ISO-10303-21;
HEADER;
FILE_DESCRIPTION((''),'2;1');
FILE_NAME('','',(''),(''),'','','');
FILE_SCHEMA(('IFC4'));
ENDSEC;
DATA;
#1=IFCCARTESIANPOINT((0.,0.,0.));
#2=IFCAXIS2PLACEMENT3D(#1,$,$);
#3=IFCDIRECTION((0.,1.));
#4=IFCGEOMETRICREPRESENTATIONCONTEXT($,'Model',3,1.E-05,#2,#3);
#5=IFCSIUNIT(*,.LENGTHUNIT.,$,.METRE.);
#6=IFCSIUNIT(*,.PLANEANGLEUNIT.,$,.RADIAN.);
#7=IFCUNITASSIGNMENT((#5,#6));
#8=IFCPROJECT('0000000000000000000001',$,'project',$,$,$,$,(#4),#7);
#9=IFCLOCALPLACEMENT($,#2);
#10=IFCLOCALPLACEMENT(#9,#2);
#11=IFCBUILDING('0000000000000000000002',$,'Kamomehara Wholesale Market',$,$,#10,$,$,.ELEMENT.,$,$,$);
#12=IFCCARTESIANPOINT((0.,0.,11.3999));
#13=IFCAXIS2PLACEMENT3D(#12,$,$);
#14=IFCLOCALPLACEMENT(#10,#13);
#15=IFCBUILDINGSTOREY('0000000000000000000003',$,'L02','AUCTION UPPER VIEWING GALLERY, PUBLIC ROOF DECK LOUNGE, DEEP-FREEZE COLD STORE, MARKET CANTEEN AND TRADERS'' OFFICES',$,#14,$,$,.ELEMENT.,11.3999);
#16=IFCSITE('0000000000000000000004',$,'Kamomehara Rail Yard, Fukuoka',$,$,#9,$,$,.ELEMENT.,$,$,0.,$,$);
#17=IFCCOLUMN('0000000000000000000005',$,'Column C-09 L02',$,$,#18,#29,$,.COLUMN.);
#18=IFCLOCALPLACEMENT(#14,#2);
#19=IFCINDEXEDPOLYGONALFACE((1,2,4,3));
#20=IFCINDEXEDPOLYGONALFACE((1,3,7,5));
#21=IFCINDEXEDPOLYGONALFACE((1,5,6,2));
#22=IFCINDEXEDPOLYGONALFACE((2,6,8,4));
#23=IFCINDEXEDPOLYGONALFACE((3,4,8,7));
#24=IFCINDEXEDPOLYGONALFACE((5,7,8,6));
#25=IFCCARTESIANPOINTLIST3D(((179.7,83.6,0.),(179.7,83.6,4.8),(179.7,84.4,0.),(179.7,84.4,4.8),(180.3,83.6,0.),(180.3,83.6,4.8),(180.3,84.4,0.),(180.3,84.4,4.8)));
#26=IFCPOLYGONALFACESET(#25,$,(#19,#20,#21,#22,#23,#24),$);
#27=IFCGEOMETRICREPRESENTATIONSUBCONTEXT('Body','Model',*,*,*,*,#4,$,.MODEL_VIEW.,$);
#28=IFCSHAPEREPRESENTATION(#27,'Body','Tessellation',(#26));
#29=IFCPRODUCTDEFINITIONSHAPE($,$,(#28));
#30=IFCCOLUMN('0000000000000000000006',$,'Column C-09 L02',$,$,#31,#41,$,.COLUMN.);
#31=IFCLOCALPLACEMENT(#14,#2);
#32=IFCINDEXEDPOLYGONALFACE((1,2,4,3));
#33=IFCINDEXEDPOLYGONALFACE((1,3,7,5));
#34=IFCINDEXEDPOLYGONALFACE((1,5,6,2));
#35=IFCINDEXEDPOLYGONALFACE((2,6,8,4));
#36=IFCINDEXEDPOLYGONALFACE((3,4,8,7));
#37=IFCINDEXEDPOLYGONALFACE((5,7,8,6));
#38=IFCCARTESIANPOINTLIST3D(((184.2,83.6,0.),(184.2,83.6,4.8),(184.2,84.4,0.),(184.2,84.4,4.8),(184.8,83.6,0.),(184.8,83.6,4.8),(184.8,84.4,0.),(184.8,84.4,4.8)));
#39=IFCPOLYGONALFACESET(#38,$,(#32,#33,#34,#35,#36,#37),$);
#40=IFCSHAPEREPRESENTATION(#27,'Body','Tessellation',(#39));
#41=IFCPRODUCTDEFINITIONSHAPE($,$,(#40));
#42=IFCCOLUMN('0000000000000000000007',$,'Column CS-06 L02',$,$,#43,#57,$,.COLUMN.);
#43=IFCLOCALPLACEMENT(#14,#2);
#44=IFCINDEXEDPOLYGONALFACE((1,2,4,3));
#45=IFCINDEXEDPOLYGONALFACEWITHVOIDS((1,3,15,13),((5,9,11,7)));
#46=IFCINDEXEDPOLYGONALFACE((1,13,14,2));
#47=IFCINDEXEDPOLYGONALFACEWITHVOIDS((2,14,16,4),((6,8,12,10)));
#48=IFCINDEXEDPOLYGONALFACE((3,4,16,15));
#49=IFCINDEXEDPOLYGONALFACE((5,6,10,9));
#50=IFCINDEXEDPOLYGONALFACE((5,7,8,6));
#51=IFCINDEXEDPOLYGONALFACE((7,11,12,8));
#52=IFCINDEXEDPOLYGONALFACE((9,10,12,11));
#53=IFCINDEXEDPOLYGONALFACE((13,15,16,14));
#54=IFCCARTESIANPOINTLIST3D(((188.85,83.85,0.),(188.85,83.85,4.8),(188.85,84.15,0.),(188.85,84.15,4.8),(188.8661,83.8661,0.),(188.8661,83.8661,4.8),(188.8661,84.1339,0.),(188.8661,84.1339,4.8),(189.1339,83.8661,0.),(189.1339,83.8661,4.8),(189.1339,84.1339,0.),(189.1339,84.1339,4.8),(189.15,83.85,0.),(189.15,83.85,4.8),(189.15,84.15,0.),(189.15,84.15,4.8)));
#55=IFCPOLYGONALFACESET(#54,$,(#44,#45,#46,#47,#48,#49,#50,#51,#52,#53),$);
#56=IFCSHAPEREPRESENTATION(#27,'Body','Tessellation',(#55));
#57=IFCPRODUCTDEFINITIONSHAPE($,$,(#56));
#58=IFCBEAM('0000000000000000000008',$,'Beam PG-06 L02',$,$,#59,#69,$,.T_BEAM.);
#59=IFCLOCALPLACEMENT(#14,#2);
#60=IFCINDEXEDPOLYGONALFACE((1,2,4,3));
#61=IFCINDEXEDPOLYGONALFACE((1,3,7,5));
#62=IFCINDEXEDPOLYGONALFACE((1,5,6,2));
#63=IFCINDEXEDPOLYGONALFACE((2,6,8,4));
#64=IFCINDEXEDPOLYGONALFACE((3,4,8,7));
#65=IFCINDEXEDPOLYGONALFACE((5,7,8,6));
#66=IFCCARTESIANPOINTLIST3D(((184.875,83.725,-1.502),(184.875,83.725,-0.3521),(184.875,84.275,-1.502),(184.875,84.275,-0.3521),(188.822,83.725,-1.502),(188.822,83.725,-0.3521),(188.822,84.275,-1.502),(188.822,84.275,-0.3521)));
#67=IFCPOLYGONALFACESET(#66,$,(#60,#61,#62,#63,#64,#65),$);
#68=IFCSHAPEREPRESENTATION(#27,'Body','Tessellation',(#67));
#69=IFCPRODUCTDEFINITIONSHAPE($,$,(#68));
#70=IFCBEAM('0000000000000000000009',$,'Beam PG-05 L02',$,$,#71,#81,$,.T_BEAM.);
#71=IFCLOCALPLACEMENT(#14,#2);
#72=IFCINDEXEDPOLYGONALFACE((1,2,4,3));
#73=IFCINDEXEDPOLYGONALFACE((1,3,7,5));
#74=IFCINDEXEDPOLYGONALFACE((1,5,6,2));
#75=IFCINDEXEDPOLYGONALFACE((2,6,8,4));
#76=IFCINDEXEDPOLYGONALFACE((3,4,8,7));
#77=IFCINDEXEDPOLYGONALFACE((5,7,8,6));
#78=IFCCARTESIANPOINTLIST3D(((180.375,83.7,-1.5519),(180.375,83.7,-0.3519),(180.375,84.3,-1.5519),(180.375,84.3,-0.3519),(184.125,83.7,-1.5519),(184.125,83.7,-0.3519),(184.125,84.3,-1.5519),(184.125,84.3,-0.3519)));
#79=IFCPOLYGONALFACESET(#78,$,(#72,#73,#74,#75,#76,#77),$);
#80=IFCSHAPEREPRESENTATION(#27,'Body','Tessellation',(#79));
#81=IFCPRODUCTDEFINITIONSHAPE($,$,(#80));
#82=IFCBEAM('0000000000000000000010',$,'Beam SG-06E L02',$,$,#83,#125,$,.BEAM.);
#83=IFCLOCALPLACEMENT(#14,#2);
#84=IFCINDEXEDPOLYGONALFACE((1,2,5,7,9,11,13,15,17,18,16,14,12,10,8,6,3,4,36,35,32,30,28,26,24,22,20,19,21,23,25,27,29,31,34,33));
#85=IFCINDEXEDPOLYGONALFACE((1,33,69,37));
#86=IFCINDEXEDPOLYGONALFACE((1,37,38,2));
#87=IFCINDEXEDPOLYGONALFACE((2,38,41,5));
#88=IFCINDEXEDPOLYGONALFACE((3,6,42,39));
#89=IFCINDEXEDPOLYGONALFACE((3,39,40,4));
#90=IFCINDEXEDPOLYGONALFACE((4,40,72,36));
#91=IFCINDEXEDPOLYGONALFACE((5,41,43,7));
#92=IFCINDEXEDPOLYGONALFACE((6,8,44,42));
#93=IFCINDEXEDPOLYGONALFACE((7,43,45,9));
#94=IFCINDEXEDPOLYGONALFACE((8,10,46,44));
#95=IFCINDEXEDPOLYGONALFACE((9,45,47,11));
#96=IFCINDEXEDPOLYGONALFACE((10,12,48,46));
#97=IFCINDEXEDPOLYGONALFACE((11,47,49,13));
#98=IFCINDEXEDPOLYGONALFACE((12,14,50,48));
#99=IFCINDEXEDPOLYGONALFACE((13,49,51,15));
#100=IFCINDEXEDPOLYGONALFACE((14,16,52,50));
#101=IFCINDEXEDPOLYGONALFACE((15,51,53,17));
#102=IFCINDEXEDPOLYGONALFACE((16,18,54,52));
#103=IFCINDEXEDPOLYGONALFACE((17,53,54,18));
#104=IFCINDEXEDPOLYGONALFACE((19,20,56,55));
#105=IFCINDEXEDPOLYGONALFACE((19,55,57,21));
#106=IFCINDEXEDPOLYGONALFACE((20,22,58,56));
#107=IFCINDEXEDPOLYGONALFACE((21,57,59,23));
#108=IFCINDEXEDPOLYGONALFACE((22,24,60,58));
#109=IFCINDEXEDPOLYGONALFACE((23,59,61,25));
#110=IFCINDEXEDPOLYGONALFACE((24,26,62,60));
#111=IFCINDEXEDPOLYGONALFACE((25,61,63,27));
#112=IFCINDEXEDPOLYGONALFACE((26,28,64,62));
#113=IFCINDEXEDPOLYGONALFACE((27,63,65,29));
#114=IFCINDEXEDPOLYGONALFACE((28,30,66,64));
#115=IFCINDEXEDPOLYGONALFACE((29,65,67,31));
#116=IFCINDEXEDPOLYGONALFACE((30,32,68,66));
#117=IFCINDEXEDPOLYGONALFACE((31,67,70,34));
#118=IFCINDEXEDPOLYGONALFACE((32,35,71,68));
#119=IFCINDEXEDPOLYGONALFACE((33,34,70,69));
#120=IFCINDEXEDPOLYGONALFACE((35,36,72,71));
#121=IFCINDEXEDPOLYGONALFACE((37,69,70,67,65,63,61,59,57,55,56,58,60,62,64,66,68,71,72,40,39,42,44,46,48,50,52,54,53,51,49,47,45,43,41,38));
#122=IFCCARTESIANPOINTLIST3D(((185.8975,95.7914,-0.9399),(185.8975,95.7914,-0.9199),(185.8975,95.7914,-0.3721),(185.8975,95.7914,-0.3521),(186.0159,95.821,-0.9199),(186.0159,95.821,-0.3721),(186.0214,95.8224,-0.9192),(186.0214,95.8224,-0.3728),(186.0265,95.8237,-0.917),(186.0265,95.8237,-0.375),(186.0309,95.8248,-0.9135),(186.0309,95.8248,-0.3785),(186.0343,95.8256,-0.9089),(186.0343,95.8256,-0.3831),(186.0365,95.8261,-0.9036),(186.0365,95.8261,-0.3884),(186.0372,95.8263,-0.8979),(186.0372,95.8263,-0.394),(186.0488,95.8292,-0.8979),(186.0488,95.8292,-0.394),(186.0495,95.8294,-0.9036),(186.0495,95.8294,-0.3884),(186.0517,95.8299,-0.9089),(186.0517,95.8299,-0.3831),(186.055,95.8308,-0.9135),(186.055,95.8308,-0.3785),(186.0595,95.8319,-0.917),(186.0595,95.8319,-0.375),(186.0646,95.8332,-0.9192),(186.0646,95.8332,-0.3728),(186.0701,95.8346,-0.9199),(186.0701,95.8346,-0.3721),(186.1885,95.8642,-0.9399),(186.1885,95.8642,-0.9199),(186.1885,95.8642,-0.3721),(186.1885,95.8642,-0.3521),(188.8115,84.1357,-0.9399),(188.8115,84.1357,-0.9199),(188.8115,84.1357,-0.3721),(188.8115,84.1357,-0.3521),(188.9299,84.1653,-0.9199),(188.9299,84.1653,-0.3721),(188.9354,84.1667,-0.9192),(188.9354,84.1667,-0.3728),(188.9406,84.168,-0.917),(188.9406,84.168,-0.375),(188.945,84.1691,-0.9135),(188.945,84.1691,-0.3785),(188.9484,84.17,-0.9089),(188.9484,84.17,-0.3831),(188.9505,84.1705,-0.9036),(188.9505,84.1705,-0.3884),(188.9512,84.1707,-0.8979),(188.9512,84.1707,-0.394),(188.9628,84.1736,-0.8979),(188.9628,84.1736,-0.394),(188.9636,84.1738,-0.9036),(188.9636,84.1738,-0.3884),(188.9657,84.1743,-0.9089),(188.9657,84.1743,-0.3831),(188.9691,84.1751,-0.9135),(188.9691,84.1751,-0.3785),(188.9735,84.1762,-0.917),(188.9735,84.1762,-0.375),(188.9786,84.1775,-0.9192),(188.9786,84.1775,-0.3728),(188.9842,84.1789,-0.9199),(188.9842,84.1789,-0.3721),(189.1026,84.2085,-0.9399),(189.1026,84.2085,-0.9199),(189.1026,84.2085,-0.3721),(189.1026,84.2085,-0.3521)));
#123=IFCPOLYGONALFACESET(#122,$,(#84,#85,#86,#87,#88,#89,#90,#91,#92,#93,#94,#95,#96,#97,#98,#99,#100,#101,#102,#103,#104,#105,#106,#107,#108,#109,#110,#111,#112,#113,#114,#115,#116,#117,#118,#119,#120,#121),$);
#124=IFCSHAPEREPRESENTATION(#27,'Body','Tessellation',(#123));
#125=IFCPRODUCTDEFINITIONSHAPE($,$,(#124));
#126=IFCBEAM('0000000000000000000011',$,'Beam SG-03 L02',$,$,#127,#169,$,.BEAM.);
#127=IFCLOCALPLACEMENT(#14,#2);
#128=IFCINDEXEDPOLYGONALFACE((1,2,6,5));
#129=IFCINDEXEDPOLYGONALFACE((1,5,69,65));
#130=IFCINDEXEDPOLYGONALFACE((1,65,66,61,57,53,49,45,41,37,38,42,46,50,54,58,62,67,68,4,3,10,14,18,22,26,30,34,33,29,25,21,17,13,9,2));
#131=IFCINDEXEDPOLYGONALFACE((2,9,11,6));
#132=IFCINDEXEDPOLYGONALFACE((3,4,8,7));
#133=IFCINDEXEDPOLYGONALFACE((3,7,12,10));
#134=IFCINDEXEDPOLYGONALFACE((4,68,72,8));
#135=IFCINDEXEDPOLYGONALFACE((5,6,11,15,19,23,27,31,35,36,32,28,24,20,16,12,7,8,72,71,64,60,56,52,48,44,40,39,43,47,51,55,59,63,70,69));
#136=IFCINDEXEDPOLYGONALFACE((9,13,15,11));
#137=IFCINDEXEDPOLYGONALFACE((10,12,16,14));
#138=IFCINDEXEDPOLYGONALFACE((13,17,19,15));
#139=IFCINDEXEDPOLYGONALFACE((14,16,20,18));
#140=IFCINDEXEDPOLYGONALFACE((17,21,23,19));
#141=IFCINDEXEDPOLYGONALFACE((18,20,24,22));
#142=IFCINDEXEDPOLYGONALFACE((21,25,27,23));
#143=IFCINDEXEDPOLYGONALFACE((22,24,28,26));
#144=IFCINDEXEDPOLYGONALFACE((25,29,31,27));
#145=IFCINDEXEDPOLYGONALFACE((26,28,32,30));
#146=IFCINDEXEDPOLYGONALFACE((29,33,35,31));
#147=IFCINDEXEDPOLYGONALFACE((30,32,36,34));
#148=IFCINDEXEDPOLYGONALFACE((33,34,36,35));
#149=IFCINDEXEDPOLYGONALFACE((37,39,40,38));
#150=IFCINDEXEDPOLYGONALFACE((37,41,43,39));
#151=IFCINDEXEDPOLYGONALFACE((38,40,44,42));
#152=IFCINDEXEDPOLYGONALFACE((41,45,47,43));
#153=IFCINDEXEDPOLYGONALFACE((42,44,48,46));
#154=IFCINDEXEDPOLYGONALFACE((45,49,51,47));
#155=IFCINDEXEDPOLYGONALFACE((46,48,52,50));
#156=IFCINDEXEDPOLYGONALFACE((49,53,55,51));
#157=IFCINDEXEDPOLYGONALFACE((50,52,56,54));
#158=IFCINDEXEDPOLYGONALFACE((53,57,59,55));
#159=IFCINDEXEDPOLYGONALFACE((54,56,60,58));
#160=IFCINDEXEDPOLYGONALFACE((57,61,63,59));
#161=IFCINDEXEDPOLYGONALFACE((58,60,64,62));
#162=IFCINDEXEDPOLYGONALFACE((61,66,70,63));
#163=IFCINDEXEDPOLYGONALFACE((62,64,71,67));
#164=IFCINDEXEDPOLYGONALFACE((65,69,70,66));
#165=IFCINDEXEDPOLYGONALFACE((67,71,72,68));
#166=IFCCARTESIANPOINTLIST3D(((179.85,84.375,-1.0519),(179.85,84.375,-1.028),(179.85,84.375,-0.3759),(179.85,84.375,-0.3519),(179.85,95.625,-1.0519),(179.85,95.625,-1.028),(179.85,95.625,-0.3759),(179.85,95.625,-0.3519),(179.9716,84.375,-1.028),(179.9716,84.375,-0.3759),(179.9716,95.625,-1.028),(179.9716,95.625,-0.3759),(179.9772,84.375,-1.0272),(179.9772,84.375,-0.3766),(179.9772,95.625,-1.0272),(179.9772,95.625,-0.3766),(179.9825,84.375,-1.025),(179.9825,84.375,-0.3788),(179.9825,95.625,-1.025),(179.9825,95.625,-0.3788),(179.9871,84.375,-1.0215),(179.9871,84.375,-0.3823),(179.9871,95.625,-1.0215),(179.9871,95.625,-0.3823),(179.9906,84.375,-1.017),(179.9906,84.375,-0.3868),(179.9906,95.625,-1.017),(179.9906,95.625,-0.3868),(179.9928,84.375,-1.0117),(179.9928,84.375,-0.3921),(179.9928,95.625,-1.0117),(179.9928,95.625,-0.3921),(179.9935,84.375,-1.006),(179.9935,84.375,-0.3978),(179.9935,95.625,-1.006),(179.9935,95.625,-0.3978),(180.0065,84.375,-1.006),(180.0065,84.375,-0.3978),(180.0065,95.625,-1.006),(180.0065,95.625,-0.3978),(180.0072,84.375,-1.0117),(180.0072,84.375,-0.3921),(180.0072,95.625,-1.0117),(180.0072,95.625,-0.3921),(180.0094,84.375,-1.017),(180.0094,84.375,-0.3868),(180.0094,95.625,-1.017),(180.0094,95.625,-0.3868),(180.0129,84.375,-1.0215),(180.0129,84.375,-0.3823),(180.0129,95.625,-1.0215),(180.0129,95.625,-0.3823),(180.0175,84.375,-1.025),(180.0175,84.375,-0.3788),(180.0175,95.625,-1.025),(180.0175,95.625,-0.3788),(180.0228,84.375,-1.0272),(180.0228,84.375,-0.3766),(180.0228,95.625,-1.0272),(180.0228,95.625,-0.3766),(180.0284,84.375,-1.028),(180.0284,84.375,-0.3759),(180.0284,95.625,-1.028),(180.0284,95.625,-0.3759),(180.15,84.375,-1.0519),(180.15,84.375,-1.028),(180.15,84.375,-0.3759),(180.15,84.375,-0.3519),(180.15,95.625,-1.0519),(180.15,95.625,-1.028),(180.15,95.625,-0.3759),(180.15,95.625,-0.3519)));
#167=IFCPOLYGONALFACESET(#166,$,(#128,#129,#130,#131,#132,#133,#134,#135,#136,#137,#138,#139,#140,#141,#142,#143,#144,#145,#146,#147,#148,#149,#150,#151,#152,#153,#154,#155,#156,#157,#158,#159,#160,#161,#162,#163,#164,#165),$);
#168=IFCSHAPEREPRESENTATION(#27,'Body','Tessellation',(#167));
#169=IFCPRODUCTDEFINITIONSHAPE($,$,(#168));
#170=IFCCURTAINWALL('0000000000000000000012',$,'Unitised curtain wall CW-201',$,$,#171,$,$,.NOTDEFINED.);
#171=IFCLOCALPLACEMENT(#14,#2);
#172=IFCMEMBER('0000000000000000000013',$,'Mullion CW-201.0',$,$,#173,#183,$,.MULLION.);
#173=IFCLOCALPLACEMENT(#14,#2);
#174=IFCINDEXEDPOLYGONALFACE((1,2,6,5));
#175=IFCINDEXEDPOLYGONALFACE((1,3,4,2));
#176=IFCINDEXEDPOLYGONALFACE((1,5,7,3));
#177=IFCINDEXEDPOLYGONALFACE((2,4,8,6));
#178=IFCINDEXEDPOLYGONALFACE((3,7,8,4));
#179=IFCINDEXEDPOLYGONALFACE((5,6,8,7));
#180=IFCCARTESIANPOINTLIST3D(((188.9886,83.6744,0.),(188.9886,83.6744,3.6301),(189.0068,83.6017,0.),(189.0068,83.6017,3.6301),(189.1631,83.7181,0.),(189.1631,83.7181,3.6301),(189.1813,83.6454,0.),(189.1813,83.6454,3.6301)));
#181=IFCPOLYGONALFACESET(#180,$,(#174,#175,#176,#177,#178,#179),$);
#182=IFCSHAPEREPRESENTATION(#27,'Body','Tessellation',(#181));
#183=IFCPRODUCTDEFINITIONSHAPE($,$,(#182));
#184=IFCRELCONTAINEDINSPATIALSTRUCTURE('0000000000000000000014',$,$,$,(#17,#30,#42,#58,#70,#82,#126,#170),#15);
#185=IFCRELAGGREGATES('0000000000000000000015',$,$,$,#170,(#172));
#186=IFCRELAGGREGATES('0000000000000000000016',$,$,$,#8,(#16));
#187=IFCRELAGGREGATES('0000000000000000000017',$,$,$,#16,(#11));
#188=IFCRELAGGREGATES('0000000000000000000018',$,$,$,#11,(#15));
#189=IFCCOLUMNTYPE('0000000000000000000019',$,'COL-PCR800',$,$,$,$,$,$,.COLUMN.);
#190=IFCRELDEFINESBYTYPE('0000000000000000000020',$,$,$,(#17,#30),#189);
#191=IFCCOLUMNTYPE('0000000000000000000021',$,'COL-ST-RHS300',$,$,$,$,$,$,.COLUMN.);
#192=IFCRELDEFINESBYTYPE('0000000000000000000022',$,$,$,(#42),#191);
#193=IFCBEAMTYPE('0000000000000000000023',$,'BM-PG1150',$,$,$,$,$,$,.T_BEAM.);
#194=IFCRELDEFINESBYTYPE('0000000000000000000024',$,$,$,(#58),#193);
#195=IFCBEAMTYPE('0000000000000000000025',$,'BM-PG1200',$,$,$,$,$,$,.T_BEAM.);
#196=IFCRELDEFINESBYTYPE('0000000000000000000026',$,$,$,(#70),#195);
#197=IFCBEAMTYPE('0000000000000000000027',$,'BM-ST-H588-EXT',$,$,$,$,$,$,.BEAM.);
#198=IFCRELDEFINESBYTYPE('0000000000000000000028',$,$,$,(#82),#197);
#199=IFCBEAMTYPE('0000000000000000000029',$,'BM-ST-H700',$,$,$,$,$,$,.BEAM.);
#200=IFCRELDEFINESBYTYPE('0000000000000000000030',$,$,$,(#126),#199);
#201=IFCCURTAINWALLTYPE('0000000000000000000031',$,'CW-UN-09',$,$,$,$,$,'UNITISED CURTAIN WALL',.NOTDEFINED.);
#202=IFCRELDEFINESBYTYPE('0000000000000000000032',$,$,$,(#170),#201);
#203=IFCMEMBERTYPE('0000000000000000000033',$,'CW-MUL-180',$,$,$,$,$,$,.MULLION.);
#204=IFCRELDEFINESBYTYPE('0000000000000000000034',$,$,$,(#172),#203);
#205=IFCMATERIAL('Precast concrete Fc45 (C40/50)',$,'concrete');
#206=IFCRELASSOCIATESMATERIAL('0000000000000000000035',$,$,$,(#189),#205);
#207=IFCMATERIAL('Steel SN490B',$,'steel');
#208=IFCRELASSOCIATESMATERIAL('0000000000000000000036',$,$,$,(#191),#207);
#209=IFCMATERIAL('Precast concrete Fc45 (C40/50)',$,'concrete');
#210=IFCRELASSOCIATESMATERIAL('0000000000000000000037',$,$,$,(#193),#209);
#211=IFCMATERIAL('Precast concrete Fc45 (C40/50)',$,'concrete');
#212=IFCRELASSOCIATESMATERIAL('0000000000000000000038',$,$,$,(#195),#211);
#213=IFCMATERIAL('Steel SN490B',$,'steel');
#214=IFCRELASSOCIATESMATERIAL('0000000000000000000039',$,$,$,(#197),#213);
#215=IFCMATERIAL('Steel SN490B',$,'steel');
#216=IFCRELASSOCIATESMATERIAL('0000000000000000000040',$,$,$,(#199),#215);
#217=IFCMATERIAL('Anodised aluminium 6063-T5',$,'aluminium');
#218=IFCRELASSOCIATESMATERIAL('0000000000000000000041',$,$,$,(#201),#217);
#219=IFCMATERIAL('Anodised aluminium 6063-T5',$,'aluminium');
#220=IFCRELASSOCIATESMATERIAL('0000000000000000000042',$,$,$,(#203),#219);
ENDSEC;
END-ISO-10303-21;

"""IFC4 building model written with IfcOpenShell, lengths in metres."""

from ifc_helpers import new_model, si_unit, direction, frame, origin, origin_2d, place, context, subcontext, project, spatial, rectangle, hollow_rectangle, i_section, extrude, material, material_profile, profile_set, type_object, element, aggregate, save


model = new_model("IFC4")

# Units and contexts
model_context = context("Model", 3, precision=1e-05, world=origin(), true_north=direction((0.0, 1.0)))
body_context = subcontext(model_context, "Body", "Model", "MODEL_VIEW")
ifc_project = project(units=[si_unit("LENGTHUNIT", "METRE"), si_unit("PLANEANGLEUNIT", "RADIAN")], contexts=[model_context])

# Site, building, storey
site_placement = place(None, origin())
site = spatial("IfcSite", under=ifc_project, at=site_placement, Name="Kamomehara Rail Yard, Fukuoka", CompositionType="ELEMENT", RefElevation=0.0)
building_placement = place(site_placement, origin())
building = spatial("IfcBuilding", under=site, at=building_placement, Name="Kamomehara Wholesale Market", CompositionType="ELEMENT")
storey_placement = place(building_placement, frame((0.0, 0.0, 11.3999)))
storey = spatial("IfcBuildingStorey", under=building, at=storey_placement, Name="L02", Description="AUCTION UPPER VIEWING GALLERY, PUBLIC ROOF DECK LOUNGE, DEEP-FREEZE COLD STORE, MARKET CANTEEN AND TRADERS' OFFICES", CompositionType="ELEMENT", Elevation=11.3999)

# Columns
ifc_material_1 = material(Name="Precast concrete Fc45 (C40/50)", Category="concrete")
ifc_material_profile_1 = material_profile(ifc_material_1, rectangle(XDim=0.6001, YDim=0.8, at=origin_2d()), Name="PC-COL-600x800")
ifc_profile_set_1 = profile_set([ifc_material_profile_1], Name="Precast concrete Fc45 (C40/50)")
column_type_1 = type_object("IfcColumnType", Name="COL-PCR800", PredefinedType="COLUMN", material=ifc_profile_set_1)
for number, where, z_axis, x_axis, name in (
    (1, (180.0, 84.0, 0.0), (0.0, 0.0, 1.0), (1.0, 0.0, 0.0), "Column C-09 L02"),
    (2, (184.5, 84.0, 0.0), (0.0, 0.0, 1.0), (1.0, 0.0, 0.0), "Column C-09 L02"),
):
    element("IfcColumn", number, at=place(storey_placement, frame(where, z_axis=z_axis, x_axis=x_axis)), inside=storey, type_object=column_type_1, Name=name, PredefinedType="COLUMN", context=body_context, shape_type="SweptSolid", body=[
        extrude(rectangle(XDim=0.6001, YDim=0.8, at=origin_2d()), origin(), (0.0, 0.0, 1.0), 4.8),
    ])
ifc_material_2 = material(Name="Steel SN490B", Category="steel")
ifc_material_profile_2 = material_profile(ifc_material_2, hollow_rectangle(XDim=0.3, YDim=0.3, WallThickness=0.0161, at=origin_2d()), Name="RHS-300x300x16")
ifc_profile_set_2 = profile_set([ifc_material_profile_2], Name="Steel SN490B")
column_type_2 = type_object("IfcColumnType", Name="COL-ST-RHS300", PredefinedType="COLUMN", material=ifc_profile_set_2)
column_placement = place(storey_placement, frame((189.0, 84.0, 0.0), z_axis=(0.0, 0.0, 1.0), x_axis=(1.0, 0.0, 0.0)))
element("IfcColumn", 3, at=column_placement, inside=storey, type_object=column_type_2, Name="Column CS-06 L02", PredefinedType="COLUMN", context=body_context, shape_type="SweptSolid", body=[
    extrude(hollow_rectangle(XDim=0.3, YDim=0.3, WallThickness=0.0161, at=origin_2d()), origin(), (0.0, 0.0, 1.0), 4.8),
])

# Beams
ifc_material_3 = material(Name="Precast concrete Fc45 (C40/50)", Category="concrete")
ifc_material_profile_3 = material_profile(ifc_material_3, rectangle(XDim=0.55, YDim=1.1499, at=origin_2d()), Name="PC-GRD-550x1150")
ifc_profile_set_3 = profile_set([ifc_material_profile_3], Name="Precast concrete Fc45 (C40/50)")
beam_type_1 = type_object("IfcBeamType", Name="BM-PG1150", PredefinedType="T_BEAM", material=ifc_profile_set_3)
beam_1_placement = place(storey_placement, frame((184.875, 84.0, -0.927), z_axis=(1.0, 0.0, 0.0), x_axis=(0.0, 1.0, 0.0)))
element("IfcBeam", 4, at=beam_1_placement, inside=storey, type_object=beam_type_1, Name="Beam PG-06 L02", PredefinedType="T_BEAM", context=body_context, shape_type="SweptSolid", body=[
    extrude(rectangle(XDim=0.55, YDim=1.1499, at=origin_2d()), origin(), (0.0, 0.0, 1.0), 3.947),
])
ifc_material_4 = material(Name="Precast concrete Fc45 (C40/50)", Category="concrete")
ifc_material_profile_4 = material_profile(ifc_material_4, rectangle(XDim=0.6001, YDim=1.2, at=origin_2d()), Name="PC-GRD-600x1200")
ifc_profile_set_4 = profile_set([ifc_material_profile_4], Name="Precast concrete Fc45 (C40/50)")
beam_type_2 = type_object("IfcBeamType", Name="BM-PG1200", PredefinedType="T_BEAM", material=ifc_profile_set_4)
beam_2_placement = place(storey_placement, frame((180.375, 84.0, -0.9519), z_axis=(1.0, 0.0, 0.0), x_axis=(0.0, 1.0, 0.0)))
element("IfcBeam", 5, at=beam_2_placement, inside=storey, type_object=beam_type_2, Name="Beam PG-05 L02", PredefinedType="T_BEAM", context=body_context, shape_type="SweptSolid", body=[
    extrude(rectangle(XDim=0.6001, YDim=1.2, at=origin_2d()), origin(), (0.0, 0.0, 1.0), 3.75),
])
ifc_material_5 = material(Name="Steel SN490B", Category="steel")
ifc_material_profile_5 = material_profile(ifc_material_5, i_section(OverallWidth=0.3, OverallDepth=0.5879, WebThickness=0.012, FlangeThickness=0.02, FilletRadius=0.022, at=origin_2d()), Name="H-588x300x12x20")
ifc_profile_set_5 = profile_set([ifc_material_profile_5], Name="Steel SN490B")
beam_type_3 = type_object("IfcBeamType", Name="BM-ST-H588-EXT", PredefinedType="BEAM", material=ifc_profile_set_5)
beam_3_placement = place(storey_placement, frame((188.957, 84.1721, -0.646), z_axis=(-0.242545, 0.97014, 0.0), x_axis=(-0.97014, -0.242545, 0.0)))
element("IfcBeam", 6, at=beam_3_placement, inside=storey, type_object=beam_type_3, Name="Beam SG-06E L02", PredefinedType="BEAM", context=body_context, shape_type="SweptSolid", body=[
    extrude(i_section(OverallWidth=0.3, OverallDepth=0.5879, WebThickness=0.012, FlangeThickness=0.02, FilletRadius=0.022, at=origin_2d()), origin(), (0.0, 0.0, 1.0), 12.0144),
])
ifc_material_6 = material(Name="Steel SN490B", Category="steel")
ifc_material_profile_6 = material_profile(ifc_material_6, i_section(OverallWidth=0.3, OverallDepth=0.7, WebThickness=0.0129, FlangeThickness=0.0239, FilletRadius=0.022, at=origin_2d()), Name="H-700x300x13x24")
ifc_profile_set_6 = profile_set([ifc_material_profile_6], Name="Steel SN490B")
beam_type_4 = type_object("IfcBeamType", Name="BM-ST-H700", PredefinedType="BEAM", material=ifc_profile_set_6)
beam_4_placement = place(storey_placement, frame((180.0, 84.375, -0.7019), z_axis=(0.0, 1.0, 0.0), x_axis=(-1.0, 0.0, 0.0)))
element("IfcBeam", 7, at=beam_4_placement, inside=storey, type_object=beam_type_4, Name="Beam SG-03 L02", PredefinedType="BEAM", context=body_context, shape_type="SweptSolid", body=[
    extrude(i_section(OverallWidth=0.3, OverallDepth=0.7, WebThickness=0.0129, FlangeThickness=0.0239, FilletRadius=0.022, at=origin_2d()), origin(), (0.0, 0.0, 1.0), 11.25),
])

# Curtain wall, member
ifc_material_7 = material(Name="Anodised aluminium 6063-T5", Category="aluminium")
curtain_wall_type = type_object("IfcCurtainWallType", Name="CW-UN-09", ElementType="UNITISED CURTAIN WALL", PredefinedType="NOTDEFINED", material=ifc_material_7)
curtain_wall_1_placement = place(storey_placement, origin())
curtain_wall_1 = element("IfcCurtainWall", 8, at=curtain_wall_1_placement, inside=storey, type_object=curtain_wall_type, Name="Unitised curtain wall CW-201", PredefinedType="NOTDEFINED")
ifc_material_8 = material(Name="Anodised aluminium 6063-T5", Category="aluminium")
ifc_material_profile_7 = material_profile(ifc_material_8, rectangle(XDim=0.075, YDim=0.1799, at=origin_2d()), Name="ALU-MUL-75x180")
ifc_profile_set_7 = profile_set([ifc_material_profile_7], Name="Anodised aluminium 6063-T5")
member_type_1 = type_object("IfcMemberType", Name="CW-MUL-180", PredefinedType="MULLION", material=ifc_profile_set_7)
member_1_placement = place(storey_placement, frame((189.085, 83.6599, 0.0), z_axis=(0.0, 0.0, 1.0), x_axis=(0.242618, -0.970122, 0.0)))
member_1 = element("IfcMember", 9, at=member_1_placement, type_object=member_type_1, Name="Mullion CW-201.0", PredefinedType="MULLION", context=body_context, shape_type="SweptSolid", body=[
    extrude(rectangle(XDim=0.075, YDim=0.1799, at=origin_2d()), origin(), (0.0, 0.0, 1.0), 3.6301),
])

aggregate(curtain_wall_1, [member_1])

save(model, "model.ifc")
